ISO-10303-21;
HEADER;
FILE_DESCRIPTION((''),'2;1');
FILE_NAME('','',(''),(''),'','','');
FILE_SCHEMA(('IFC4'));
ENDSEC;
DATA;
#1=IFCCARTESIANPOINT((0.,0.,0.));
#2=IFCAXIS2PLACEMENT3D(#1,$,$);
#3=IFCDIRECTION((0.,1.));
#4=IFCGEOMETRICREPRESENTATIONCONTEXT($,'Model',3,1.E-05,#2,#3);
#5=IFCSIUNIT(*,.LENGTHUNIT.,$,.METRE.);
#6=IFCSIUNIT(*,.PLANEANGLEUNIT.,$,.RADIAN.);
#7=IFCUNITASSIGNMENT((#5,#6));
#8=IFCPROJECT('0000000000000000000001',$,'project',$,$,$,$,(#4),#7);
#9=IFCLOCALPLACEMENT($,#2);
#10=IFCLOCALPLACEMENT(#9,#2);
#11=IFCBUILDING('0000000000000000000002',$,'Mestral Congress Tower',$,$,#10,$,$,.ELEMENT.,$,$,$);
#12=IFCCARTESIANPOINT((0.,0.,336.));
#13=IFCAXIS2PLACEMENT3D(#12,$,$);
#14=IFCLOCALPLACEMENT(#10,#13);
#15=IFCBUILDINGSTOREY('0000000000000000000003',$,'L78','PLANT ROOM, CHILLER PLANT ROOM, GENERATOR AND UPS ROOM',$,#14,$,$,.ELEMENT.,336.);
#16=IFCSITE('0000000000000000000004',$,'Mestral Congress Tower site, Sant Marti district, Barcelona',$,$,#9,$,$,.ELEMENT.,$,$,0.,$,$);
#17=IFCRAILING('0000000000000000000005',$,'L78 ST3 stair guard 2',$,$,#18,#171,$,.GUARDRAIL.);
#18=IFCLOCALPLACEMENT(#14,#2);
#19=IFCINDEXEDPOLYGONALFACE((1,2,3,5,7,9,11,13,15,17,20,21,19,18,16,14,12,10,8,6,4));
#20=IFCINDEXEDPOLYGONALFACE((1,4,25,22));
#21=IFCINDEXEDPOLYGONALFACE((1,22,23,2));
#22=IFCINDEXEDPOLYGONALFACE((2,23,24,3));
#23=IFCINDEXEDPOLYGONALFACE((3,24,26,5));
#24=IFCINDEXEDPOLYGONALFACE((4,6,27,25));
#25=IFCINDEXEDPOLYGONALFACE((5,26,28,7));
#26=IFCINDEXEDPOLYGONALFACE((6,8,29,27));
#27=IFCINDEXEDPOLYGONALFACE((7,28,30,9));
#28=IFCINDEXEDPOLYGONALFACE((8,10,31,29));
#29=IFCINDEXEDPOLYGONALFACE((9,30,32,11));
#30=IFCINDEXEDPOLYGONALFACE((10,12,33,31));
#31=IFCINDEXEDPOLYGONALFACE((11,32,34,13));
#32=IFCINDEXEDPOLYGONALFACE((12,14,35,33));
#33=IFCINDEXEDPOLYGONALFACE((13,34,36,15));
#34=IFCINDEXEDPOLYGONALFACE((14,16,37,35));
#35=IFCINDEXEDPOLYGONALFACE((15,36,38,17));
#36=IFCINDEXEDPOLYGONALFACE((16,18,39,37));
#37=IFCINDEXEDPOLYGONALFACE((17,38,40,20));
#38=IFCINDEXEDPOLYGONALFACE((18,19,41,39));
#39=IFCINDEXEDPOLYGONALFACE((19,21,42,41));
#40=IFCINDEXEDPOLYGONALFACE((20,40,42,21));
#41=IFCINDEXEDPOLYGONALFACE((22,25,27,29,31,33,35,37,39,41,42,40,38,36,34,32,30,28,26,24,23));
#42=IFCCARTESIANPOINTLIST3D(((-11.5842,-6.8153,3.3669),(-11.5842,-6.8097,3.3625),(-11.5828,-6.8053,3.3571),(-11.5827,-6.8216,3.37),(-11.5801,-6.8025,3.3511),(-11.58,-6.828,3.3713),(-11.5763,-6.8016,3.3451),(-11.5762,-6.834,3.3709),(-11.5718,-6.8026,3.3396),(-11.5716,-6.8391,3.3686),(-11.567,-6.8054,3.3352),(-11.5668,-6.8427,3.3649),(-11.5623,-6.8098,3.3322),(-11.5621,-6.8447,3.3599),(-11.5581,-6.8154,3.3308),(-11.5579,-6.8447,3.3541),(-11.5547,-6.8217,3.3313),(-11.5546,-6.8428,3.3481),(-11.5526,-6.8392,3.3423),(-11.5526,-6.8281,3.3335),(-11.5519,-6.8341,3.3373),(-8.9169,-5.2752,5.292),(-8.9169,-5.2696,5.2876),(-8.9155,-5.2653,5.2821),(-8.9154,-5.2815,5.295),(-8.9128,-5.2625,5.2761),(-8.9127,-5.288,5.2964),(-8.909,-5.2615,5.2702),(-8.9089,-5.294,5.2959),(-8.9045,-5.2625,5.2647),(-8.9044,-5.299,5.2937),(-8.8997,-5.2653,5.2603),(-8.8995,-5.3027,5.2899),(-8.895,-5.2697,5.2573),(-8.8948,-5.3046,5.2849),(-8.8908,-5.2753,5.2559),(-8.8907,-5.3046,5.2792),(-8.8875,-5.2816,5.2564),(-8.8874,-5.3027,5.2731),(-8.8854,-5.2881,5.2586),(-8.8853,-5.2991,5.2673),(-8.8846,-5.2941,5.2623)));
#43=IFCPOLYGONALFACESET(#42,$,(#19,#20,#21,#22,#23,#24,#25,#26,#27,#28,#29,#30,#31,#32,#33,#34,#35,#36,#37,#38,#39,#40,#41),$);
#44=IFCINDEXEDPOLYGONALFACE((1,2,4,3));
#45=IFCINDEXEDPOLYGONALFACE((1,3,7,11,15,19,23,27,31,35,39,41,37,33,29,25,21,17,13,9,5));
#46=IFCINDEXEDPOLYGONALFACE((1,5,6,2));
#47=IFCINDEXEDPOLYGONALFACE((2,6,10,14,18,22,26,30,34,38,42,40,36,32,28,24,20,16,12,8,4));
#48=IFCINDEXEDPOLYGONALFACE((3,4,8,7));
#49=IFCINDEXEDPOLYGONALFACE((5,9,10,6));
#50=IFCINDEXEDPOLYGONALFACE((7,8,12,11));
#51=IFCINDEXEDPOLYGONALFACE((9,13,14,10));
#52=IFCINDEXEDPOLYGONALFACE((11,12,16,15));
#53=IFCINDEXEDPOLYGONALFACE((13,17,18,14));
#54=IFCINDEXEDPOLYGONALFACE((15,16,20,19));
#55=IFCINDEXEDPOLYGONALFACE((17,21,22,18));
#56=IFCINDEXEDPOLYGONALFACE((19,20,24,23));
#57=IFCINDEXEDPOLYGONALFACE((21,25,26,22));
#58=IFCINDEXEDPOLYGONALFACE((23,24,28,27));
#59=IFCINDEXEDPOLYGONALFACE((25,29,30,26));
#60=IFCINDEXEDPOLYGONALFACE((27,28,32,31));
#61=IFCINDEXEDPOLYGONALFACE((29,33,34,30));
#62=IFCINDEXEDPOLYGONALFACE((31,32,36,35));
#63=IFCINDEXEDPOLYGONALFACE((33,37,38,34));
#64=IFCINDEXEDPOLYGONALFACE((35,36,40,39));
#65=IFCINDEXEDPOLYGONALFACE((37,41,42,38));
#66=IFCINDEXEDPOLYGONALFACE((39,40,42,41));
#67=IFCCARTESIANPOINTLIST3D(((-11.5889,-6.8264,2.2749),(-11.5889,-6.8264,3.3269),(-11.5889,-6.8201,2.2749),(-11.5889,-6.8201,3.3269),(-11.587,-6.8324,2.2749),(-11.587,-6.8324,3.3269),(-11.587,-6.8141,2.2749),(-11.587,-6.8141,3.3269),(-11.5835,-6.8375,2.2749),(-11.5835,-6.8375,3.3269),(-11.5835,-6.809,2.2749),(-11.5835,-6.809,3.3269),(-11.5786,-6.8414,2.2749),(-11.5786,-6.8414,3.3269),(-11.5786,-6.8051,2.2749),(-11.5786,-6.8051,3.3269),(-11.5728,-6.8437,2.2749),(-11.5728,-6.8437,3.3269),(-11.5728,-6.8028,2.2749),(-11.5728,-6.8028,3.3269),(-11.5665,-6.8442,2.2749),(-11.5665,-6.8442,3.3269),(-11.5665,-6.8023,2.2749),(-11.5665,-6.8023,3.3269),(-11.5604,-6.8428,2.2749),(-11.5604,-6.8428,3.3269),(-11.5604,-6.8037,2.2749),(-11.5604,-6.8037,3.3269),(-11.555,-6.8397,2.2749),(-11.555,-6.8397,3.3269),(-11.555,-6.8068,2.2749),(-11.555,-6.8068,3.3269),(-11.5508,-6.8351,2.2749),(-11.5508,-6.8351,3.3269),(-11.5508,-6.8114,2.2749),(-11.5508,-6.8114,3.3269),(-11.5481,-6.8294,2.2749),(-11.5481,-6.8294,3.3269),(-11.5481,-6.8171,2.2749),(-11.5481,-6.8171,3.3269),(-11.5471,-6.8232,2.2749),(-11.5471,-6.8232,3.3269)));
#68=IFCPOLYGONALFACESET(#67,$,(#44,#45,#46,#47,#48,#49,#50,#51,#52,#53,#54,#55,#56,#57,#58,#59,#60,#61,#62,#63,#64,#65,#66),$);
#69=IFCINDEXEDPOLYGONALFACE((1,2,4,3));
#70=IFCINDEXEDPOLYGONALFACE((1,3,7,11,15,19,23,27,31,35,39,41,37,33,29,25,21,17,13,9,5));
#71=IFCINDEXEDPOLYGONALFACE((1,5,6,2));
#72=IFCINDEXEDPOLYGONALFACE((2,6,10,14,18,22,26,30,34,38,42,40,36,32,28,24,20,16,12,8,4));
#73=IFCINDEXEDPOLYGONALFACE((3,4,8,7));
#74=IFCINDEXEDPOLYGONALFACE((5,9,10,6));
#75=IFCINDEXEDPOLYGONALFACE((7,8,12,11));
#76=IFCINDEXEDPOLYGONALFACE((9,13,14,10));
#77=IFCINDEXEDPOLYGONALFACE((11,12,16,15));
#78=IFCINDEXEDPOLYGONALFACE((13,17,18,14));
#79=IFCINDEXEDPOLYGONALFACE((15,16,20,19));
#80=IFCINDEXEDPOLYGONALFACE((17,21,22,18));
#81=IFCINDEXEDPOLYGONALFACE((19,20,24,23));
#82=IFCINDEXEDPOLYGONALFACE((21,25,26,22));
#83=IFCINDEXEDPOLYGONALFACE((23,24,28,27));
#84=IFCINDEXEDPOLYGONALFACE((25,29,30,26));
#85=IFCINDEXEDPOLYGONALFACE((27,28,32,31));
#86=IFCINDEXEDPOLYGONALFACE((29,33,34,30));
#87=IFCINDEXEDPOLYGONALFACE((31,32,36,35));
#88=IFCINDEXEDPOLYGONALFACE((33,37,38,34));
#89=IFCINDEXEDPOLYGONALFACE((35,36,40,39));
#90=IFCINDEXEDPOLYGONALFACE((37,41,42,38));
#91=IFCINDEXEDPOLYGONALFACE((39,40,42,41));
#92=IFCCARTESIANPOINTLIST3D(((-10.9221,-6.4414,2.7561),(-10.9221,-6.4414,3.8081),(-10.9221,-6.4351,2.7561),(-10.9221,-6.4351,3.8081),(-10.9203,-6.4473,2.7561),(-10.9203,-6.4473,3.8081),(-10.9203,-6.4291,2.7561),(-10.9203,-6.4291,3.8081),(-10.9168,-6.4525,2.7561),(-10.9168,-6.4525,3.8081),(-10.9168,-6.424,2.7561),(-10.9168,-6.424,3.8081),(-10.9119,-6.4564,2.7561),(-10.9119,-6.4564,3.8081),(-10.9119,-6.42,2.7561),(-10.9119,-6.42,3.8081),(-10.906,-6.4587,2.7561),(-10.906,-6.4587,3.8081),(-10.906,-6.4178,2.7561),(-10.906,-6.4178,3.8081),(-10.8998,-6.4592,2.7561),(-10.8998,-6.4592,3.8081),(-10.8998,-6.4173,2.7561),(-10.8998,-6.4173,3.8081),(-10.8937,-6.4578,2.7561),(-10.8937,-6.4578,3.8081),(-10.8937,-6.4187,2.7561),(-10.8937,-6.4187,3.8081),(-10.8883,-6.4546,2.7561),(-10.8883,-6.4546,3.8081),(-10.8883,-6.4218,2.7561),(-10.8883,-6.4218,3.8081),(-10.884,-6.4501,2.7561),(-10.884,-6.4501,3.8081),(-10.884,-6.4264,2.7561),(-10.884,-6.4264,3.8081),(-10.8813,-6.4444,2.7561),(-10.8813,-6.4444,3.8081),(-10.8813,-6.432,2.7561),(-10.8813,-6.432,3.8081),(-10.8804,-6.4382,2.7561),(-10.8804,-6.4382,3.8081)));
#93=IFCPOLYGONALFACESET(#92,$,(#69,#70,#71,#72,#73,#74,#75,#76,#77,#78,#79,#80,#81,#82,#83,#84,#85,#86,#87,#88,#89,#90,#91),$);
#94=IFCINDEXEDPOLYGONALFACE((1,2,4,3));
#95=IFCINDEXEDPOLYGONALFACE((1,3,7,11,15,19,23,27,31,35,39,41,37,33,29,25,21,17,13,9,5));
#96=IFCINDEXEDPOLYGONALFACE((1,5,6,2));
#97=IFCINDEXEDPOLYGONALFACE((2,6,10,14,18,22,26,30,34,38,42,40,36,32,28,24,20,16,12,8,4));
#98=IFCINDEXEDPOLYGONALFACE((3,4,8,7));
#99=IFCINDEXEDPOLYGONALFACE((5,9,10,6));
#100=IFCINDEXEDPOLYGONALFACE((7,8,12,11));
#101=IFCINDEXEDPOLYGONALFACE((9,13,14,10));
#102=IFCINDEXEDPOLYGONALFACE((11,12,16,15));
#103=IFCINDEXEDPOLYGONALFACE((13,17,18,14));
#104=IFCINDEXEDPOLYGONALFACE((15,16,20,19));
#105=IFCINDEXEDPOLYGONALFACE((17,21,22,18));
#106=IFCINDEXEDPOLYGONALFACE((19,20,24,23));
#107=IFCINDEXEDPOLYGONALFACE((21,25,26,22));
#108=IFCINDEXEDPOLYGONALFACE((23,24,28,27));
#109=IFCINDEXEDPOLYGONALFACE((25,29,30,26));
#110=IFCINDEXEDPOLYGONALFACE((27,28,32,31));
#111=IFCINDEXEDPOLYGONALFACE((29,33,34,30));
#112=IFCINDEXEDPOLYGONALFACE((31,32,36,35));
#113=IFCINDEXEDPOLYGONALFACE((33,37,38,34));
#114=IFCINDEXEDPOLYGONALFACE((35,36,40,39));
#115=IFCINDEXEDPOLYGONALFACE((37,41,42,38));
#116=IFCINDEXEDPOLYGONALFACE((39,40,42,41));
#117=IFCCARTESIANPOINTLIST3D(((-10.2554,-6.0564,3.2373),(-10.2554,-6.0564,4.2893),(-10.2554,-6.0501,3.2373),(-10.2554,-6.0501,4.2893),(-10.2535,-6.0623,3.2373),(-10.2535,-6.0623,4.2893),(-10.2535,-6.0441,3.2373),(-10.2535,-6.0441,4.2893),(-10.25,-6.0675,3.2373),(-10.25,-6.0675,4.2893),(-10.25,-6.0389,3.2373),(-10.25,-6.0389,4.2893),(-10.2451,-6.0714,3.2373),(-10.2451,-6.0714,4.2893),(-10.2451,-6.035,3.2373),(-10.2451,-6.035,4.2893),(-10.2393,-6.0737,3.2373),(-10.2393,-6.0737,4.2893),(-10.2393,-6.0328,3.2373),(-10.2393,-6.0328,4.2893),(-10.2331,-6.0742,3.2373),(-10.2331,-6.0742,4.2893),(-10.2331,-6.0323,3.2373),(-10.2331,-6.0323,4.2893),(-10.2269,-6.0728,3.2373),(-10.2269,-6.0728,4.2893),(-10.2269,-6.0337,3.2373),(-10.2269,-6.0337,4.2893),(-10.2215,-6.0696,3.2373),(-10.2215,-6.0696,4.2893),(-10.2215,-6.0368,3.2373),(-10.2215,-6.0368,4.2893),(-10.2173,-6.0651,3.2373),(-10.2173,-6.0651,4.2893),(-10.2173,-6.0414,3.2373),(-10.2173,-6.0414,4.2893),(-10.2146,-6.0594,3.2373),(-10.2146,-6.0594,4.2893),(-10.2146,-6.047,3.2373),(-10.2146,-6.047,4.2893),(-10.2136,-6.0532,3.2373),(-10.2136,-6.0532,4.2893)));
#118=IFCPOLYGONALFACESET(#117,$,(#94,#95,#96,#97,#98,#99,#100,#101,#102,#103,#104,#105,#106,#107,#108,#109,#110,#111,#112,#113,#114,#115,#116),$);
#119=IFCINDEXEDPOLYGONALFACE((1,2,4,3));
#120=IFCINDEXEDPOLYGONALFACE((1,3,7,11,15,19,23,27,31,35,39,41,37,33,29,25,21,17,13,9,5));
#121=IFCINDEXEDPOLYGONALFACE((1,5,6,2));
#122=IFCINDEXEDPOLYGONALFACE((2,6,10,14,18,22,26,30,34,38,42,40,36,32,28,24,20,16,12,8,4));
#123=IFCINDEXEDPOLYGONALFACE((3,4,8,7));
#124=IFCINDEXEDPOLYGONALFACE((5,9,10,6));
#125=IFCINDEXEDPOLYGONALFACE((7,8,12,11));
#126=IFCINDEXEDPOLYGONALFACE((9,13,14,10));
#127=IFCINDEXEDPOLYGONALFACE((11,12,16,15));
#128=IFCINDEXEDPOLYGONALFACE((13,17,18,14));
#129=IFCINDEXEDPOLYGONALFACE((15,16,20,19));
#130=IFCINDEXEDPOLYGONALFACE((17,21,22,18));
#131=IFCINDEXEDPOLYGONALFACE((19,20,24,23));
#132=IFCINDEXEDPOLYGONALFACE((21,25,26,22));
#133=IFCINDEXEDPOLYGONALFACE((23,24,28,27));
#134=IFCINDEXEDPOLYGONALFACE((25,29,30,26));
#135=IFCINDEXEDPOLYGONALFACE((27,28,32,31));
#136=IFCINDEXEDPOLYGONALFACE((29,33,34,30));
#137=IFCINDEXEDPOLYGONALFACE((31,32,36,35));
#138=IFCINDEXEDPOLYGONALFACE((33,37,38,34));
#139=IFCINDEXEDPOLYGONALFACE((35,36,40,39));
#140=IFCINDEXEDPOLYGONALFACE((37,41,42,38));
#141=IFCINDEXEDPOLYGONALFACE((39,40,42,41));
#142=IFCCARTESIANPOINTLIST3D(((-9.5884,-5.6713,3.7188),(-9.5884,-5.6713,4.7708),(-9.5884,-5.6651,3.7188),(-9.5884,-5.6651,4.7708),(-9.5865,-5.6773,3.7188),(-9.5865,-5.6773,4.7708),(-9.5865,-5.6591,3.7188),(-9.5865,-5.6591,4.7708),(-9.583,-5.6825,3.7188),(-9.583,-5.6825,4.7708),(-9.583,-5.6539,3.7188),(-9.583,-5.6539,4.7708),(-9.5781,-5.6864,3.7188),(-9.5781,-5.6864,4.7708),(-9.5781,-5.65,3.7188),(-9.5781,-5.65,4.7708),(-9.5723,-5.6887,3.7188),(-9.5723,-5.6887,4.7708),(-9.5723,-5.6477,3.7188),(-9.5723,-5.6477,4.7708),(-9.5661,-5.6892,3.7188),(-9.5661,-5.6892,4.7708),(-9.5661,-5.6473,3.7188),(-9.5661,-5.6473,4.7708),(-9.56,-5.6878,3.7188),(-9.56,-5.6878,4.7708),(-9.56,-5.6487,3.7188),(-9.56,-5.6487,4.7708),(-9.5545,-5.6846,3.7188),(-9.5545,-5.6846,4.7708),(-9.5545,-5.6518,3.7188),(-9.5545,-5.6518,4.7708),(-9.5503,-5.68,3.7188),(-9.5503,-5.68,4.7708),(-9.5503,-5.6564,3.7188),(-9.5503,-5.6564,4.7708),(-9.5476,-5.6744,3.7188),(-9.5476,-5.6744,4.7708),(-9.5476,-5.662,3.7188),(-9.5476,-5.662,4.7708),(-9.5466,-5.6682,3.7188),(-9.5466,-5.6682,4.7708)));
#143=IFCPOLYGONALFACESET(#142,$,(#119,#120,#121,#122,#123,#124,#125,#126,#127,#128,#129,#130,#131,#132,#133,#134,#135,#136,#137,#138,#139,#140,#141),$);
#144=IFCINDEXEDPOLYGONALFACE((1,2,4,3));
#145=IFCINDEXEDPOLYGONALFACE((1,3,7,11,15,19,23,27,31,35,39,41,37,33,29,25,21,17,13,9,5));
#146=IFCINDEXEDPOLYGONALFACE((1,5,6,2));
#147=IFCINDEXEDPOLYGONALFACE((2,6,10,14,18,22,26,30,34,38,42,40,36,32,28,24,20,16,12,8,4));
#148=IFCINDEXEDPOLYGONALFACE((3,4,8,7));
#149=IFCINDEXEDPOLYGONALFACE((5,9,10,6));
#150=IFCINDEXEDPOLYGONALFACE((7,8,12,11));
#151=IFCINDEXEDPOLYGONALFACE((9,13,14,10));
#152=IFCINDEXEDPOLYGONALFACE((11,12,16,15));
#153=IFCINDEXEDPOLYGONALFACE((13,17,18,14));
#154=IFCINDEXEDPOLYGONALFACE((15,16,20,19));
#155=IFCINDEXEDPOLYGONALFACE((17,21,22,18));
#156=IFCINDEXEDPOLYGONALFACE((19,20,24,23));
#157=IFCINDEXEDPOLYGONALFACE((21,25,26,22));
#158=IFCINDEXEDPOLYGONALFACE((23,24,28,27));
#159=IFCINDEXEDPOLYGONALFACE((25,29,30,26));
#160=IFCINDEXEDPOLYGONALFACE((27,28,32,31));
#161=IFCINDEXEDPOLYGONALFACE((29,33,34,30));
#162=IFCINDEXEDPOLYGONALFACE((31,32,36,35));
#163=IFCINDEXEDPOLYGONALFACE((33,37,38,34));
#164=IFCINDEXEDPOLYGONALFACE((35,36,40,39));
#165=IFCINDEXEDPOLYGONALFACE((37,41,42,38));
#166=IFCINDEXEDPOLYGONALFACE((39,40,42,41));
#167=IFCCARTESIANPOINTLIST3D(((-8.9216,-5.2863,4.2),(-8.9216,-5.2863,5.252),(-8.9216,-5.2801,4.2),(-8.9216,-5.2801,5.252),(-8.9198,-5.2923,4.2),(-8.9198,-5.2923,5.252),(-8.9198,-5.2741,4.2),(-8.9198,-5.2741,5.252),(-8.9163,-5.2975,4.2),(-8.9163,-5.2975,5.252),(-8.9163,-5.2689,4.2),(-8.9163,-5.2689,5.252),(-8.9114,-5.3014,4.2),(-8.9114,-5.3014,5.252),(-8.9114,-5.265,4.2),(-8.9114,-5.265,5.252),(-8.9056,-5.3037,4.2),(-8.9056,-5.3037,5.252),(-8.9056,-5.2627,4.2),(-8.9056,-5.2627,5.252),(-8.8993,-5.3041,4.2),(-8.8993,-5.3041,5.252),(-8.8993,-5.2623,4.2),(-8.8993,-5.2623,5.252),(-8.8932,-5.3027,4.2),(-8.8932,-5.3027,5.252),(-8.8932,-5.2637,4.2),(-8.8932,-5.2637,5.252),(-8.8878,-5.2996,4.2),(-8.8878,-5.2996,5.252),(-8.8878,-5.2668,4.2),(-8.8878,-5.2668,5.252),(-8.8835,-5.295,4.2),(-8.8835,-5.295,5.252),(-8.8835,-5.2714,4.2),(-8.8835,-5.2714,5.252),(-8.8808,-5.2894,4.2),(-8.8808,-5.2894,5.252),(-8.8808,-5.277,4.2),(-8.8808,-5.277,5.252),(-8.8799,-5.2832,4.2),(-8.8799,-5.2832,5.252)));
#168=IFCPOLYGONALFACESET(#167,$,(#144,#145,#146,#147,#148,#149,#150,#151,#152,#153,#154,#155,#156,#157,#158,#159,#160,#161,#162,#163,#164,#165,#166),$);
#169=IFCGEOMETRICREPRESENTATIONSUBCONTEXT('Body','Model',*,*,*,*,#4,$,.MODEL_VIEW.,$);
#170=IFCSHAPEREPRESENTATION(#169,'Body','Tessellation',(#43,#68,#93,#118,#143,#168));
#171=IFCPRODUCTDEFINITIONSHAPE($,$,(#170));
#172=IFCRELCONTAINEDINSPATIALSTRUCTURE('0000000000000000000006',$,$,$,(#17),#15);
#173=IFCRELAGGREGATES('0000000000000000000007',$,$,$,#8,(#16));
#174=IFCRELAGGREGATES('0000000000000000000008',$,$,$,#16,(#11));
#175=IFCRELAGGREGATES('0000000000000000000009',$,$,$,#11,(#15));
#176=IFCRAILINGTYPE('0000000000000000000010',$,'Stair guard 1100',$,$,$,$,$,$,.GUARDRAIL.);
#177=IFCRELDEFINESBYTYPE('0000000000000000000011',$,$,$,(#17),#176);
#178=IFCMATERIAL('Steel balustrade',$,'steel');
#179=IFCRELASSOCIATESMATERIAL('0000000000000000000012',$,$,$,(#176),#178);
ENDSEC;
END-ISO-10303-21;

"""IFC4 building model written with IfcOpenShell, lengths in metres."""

from ifc_helpers import new_model, si_unit, direction, frame, origin, origin_2d, place, context, subcontext, project, spatial, circle, extrude, material, type_object, element, save


model = new_model("IFC4")

# Units and contexts
model_context = context("Model", 3, precision=1e-05, world=origin(), true_north=direction((0.0, 1.0)))
body_context = subcontext(model_context, "Body", "Model", "MODEL_VIEW")
ifc_project = project(units=[si_unit("LENGTHUNIT", "METRE"), si_unit("PLANEANGLEUNIT", "RADIAN")], contexts=[model_context])

# Site, building, storey
site_placement = place(None, origin())
site = spatial("IfcSite", under=ifc_project, at=site_placement, Name="Mestral Congress Tower site, Sant Marti district, Barcelona", CompositionType="ELEMENT", RefElevation=0.0)
building_placement = place(site_placement, origin())
building = spatial("IfcBuilding", under=site, at=building_placement, Name="Mestral Congress Tower", CompositionType="ELEMENT")
storey_placement = place(building_placement, frame((0.0, 0.0, 336.0)))
storey = spatial("IfcBuildingStorey", under=building, at=storey_placement, Name="L78", Description="PLANT ROOM, CHILLER PLANT ROOM, GENERATOR AND UPS ROOM", CompositionType="ELEMENT", Elevation=336.0)

# Railing
ifc_material_1 = material(Name="Steel balustrade", Category="steel")
railing_type_1 = type_object("IfcRailingType", Name="Stair guard 1100", PredefinedType="GUARDRAIL", material=ifc_material_1)
railing_1_placement = place(storey_placement, frame((-11.5681, -6.8232, 2.2749)))
element("IfcRailing", 1, at=railing_1_placement, inside=storey, type_object=railing_type_1, Name="L78 ST3 stair guard 2", PredefinedType="GUARDRAIL", context=body_context, shape_type="SweptSolid", body=[
    extrude(circle(Radius=0.0239, at=origin_2d()), frame((0.0, 0.0, 1.0762), z_axis=(0.734364, 0.424015, 0.530019), x_axis=(-0.500027, 0.86601, 0.0)), (0.0, 0.0, 1.0), 3.6321),
    extrude(circle(Radius=0.021, at=origin_2d()), origin(), (0.0, 0.0, 1.0), 1.052),
    extrude(circle(Radius=0.021, at=origin_2d()), frame((0.6667, 0.385, 0.4812)), (0.0, 0.0, 1.0), 1.052),
    extrude(circle(Radius=0.021, at=origin_2d()), frame((1.3335, 0.77, 0.9624)), (0.0, 0.0, 1.0), 1.052),
    extrude(circle(Radius=0.021, at=origin_2d()), frame((2.0005, 1.155, 1.4438)), (0.0, 0.0, 1.0), 1.052),
    extrude(circle(Radius=0.021, at=origin_2d()), frame((2.6672, 1.54, 1.925)), (0.0, 0.0, 1.0), 1.052),
])

save(model, "model.ifc")
